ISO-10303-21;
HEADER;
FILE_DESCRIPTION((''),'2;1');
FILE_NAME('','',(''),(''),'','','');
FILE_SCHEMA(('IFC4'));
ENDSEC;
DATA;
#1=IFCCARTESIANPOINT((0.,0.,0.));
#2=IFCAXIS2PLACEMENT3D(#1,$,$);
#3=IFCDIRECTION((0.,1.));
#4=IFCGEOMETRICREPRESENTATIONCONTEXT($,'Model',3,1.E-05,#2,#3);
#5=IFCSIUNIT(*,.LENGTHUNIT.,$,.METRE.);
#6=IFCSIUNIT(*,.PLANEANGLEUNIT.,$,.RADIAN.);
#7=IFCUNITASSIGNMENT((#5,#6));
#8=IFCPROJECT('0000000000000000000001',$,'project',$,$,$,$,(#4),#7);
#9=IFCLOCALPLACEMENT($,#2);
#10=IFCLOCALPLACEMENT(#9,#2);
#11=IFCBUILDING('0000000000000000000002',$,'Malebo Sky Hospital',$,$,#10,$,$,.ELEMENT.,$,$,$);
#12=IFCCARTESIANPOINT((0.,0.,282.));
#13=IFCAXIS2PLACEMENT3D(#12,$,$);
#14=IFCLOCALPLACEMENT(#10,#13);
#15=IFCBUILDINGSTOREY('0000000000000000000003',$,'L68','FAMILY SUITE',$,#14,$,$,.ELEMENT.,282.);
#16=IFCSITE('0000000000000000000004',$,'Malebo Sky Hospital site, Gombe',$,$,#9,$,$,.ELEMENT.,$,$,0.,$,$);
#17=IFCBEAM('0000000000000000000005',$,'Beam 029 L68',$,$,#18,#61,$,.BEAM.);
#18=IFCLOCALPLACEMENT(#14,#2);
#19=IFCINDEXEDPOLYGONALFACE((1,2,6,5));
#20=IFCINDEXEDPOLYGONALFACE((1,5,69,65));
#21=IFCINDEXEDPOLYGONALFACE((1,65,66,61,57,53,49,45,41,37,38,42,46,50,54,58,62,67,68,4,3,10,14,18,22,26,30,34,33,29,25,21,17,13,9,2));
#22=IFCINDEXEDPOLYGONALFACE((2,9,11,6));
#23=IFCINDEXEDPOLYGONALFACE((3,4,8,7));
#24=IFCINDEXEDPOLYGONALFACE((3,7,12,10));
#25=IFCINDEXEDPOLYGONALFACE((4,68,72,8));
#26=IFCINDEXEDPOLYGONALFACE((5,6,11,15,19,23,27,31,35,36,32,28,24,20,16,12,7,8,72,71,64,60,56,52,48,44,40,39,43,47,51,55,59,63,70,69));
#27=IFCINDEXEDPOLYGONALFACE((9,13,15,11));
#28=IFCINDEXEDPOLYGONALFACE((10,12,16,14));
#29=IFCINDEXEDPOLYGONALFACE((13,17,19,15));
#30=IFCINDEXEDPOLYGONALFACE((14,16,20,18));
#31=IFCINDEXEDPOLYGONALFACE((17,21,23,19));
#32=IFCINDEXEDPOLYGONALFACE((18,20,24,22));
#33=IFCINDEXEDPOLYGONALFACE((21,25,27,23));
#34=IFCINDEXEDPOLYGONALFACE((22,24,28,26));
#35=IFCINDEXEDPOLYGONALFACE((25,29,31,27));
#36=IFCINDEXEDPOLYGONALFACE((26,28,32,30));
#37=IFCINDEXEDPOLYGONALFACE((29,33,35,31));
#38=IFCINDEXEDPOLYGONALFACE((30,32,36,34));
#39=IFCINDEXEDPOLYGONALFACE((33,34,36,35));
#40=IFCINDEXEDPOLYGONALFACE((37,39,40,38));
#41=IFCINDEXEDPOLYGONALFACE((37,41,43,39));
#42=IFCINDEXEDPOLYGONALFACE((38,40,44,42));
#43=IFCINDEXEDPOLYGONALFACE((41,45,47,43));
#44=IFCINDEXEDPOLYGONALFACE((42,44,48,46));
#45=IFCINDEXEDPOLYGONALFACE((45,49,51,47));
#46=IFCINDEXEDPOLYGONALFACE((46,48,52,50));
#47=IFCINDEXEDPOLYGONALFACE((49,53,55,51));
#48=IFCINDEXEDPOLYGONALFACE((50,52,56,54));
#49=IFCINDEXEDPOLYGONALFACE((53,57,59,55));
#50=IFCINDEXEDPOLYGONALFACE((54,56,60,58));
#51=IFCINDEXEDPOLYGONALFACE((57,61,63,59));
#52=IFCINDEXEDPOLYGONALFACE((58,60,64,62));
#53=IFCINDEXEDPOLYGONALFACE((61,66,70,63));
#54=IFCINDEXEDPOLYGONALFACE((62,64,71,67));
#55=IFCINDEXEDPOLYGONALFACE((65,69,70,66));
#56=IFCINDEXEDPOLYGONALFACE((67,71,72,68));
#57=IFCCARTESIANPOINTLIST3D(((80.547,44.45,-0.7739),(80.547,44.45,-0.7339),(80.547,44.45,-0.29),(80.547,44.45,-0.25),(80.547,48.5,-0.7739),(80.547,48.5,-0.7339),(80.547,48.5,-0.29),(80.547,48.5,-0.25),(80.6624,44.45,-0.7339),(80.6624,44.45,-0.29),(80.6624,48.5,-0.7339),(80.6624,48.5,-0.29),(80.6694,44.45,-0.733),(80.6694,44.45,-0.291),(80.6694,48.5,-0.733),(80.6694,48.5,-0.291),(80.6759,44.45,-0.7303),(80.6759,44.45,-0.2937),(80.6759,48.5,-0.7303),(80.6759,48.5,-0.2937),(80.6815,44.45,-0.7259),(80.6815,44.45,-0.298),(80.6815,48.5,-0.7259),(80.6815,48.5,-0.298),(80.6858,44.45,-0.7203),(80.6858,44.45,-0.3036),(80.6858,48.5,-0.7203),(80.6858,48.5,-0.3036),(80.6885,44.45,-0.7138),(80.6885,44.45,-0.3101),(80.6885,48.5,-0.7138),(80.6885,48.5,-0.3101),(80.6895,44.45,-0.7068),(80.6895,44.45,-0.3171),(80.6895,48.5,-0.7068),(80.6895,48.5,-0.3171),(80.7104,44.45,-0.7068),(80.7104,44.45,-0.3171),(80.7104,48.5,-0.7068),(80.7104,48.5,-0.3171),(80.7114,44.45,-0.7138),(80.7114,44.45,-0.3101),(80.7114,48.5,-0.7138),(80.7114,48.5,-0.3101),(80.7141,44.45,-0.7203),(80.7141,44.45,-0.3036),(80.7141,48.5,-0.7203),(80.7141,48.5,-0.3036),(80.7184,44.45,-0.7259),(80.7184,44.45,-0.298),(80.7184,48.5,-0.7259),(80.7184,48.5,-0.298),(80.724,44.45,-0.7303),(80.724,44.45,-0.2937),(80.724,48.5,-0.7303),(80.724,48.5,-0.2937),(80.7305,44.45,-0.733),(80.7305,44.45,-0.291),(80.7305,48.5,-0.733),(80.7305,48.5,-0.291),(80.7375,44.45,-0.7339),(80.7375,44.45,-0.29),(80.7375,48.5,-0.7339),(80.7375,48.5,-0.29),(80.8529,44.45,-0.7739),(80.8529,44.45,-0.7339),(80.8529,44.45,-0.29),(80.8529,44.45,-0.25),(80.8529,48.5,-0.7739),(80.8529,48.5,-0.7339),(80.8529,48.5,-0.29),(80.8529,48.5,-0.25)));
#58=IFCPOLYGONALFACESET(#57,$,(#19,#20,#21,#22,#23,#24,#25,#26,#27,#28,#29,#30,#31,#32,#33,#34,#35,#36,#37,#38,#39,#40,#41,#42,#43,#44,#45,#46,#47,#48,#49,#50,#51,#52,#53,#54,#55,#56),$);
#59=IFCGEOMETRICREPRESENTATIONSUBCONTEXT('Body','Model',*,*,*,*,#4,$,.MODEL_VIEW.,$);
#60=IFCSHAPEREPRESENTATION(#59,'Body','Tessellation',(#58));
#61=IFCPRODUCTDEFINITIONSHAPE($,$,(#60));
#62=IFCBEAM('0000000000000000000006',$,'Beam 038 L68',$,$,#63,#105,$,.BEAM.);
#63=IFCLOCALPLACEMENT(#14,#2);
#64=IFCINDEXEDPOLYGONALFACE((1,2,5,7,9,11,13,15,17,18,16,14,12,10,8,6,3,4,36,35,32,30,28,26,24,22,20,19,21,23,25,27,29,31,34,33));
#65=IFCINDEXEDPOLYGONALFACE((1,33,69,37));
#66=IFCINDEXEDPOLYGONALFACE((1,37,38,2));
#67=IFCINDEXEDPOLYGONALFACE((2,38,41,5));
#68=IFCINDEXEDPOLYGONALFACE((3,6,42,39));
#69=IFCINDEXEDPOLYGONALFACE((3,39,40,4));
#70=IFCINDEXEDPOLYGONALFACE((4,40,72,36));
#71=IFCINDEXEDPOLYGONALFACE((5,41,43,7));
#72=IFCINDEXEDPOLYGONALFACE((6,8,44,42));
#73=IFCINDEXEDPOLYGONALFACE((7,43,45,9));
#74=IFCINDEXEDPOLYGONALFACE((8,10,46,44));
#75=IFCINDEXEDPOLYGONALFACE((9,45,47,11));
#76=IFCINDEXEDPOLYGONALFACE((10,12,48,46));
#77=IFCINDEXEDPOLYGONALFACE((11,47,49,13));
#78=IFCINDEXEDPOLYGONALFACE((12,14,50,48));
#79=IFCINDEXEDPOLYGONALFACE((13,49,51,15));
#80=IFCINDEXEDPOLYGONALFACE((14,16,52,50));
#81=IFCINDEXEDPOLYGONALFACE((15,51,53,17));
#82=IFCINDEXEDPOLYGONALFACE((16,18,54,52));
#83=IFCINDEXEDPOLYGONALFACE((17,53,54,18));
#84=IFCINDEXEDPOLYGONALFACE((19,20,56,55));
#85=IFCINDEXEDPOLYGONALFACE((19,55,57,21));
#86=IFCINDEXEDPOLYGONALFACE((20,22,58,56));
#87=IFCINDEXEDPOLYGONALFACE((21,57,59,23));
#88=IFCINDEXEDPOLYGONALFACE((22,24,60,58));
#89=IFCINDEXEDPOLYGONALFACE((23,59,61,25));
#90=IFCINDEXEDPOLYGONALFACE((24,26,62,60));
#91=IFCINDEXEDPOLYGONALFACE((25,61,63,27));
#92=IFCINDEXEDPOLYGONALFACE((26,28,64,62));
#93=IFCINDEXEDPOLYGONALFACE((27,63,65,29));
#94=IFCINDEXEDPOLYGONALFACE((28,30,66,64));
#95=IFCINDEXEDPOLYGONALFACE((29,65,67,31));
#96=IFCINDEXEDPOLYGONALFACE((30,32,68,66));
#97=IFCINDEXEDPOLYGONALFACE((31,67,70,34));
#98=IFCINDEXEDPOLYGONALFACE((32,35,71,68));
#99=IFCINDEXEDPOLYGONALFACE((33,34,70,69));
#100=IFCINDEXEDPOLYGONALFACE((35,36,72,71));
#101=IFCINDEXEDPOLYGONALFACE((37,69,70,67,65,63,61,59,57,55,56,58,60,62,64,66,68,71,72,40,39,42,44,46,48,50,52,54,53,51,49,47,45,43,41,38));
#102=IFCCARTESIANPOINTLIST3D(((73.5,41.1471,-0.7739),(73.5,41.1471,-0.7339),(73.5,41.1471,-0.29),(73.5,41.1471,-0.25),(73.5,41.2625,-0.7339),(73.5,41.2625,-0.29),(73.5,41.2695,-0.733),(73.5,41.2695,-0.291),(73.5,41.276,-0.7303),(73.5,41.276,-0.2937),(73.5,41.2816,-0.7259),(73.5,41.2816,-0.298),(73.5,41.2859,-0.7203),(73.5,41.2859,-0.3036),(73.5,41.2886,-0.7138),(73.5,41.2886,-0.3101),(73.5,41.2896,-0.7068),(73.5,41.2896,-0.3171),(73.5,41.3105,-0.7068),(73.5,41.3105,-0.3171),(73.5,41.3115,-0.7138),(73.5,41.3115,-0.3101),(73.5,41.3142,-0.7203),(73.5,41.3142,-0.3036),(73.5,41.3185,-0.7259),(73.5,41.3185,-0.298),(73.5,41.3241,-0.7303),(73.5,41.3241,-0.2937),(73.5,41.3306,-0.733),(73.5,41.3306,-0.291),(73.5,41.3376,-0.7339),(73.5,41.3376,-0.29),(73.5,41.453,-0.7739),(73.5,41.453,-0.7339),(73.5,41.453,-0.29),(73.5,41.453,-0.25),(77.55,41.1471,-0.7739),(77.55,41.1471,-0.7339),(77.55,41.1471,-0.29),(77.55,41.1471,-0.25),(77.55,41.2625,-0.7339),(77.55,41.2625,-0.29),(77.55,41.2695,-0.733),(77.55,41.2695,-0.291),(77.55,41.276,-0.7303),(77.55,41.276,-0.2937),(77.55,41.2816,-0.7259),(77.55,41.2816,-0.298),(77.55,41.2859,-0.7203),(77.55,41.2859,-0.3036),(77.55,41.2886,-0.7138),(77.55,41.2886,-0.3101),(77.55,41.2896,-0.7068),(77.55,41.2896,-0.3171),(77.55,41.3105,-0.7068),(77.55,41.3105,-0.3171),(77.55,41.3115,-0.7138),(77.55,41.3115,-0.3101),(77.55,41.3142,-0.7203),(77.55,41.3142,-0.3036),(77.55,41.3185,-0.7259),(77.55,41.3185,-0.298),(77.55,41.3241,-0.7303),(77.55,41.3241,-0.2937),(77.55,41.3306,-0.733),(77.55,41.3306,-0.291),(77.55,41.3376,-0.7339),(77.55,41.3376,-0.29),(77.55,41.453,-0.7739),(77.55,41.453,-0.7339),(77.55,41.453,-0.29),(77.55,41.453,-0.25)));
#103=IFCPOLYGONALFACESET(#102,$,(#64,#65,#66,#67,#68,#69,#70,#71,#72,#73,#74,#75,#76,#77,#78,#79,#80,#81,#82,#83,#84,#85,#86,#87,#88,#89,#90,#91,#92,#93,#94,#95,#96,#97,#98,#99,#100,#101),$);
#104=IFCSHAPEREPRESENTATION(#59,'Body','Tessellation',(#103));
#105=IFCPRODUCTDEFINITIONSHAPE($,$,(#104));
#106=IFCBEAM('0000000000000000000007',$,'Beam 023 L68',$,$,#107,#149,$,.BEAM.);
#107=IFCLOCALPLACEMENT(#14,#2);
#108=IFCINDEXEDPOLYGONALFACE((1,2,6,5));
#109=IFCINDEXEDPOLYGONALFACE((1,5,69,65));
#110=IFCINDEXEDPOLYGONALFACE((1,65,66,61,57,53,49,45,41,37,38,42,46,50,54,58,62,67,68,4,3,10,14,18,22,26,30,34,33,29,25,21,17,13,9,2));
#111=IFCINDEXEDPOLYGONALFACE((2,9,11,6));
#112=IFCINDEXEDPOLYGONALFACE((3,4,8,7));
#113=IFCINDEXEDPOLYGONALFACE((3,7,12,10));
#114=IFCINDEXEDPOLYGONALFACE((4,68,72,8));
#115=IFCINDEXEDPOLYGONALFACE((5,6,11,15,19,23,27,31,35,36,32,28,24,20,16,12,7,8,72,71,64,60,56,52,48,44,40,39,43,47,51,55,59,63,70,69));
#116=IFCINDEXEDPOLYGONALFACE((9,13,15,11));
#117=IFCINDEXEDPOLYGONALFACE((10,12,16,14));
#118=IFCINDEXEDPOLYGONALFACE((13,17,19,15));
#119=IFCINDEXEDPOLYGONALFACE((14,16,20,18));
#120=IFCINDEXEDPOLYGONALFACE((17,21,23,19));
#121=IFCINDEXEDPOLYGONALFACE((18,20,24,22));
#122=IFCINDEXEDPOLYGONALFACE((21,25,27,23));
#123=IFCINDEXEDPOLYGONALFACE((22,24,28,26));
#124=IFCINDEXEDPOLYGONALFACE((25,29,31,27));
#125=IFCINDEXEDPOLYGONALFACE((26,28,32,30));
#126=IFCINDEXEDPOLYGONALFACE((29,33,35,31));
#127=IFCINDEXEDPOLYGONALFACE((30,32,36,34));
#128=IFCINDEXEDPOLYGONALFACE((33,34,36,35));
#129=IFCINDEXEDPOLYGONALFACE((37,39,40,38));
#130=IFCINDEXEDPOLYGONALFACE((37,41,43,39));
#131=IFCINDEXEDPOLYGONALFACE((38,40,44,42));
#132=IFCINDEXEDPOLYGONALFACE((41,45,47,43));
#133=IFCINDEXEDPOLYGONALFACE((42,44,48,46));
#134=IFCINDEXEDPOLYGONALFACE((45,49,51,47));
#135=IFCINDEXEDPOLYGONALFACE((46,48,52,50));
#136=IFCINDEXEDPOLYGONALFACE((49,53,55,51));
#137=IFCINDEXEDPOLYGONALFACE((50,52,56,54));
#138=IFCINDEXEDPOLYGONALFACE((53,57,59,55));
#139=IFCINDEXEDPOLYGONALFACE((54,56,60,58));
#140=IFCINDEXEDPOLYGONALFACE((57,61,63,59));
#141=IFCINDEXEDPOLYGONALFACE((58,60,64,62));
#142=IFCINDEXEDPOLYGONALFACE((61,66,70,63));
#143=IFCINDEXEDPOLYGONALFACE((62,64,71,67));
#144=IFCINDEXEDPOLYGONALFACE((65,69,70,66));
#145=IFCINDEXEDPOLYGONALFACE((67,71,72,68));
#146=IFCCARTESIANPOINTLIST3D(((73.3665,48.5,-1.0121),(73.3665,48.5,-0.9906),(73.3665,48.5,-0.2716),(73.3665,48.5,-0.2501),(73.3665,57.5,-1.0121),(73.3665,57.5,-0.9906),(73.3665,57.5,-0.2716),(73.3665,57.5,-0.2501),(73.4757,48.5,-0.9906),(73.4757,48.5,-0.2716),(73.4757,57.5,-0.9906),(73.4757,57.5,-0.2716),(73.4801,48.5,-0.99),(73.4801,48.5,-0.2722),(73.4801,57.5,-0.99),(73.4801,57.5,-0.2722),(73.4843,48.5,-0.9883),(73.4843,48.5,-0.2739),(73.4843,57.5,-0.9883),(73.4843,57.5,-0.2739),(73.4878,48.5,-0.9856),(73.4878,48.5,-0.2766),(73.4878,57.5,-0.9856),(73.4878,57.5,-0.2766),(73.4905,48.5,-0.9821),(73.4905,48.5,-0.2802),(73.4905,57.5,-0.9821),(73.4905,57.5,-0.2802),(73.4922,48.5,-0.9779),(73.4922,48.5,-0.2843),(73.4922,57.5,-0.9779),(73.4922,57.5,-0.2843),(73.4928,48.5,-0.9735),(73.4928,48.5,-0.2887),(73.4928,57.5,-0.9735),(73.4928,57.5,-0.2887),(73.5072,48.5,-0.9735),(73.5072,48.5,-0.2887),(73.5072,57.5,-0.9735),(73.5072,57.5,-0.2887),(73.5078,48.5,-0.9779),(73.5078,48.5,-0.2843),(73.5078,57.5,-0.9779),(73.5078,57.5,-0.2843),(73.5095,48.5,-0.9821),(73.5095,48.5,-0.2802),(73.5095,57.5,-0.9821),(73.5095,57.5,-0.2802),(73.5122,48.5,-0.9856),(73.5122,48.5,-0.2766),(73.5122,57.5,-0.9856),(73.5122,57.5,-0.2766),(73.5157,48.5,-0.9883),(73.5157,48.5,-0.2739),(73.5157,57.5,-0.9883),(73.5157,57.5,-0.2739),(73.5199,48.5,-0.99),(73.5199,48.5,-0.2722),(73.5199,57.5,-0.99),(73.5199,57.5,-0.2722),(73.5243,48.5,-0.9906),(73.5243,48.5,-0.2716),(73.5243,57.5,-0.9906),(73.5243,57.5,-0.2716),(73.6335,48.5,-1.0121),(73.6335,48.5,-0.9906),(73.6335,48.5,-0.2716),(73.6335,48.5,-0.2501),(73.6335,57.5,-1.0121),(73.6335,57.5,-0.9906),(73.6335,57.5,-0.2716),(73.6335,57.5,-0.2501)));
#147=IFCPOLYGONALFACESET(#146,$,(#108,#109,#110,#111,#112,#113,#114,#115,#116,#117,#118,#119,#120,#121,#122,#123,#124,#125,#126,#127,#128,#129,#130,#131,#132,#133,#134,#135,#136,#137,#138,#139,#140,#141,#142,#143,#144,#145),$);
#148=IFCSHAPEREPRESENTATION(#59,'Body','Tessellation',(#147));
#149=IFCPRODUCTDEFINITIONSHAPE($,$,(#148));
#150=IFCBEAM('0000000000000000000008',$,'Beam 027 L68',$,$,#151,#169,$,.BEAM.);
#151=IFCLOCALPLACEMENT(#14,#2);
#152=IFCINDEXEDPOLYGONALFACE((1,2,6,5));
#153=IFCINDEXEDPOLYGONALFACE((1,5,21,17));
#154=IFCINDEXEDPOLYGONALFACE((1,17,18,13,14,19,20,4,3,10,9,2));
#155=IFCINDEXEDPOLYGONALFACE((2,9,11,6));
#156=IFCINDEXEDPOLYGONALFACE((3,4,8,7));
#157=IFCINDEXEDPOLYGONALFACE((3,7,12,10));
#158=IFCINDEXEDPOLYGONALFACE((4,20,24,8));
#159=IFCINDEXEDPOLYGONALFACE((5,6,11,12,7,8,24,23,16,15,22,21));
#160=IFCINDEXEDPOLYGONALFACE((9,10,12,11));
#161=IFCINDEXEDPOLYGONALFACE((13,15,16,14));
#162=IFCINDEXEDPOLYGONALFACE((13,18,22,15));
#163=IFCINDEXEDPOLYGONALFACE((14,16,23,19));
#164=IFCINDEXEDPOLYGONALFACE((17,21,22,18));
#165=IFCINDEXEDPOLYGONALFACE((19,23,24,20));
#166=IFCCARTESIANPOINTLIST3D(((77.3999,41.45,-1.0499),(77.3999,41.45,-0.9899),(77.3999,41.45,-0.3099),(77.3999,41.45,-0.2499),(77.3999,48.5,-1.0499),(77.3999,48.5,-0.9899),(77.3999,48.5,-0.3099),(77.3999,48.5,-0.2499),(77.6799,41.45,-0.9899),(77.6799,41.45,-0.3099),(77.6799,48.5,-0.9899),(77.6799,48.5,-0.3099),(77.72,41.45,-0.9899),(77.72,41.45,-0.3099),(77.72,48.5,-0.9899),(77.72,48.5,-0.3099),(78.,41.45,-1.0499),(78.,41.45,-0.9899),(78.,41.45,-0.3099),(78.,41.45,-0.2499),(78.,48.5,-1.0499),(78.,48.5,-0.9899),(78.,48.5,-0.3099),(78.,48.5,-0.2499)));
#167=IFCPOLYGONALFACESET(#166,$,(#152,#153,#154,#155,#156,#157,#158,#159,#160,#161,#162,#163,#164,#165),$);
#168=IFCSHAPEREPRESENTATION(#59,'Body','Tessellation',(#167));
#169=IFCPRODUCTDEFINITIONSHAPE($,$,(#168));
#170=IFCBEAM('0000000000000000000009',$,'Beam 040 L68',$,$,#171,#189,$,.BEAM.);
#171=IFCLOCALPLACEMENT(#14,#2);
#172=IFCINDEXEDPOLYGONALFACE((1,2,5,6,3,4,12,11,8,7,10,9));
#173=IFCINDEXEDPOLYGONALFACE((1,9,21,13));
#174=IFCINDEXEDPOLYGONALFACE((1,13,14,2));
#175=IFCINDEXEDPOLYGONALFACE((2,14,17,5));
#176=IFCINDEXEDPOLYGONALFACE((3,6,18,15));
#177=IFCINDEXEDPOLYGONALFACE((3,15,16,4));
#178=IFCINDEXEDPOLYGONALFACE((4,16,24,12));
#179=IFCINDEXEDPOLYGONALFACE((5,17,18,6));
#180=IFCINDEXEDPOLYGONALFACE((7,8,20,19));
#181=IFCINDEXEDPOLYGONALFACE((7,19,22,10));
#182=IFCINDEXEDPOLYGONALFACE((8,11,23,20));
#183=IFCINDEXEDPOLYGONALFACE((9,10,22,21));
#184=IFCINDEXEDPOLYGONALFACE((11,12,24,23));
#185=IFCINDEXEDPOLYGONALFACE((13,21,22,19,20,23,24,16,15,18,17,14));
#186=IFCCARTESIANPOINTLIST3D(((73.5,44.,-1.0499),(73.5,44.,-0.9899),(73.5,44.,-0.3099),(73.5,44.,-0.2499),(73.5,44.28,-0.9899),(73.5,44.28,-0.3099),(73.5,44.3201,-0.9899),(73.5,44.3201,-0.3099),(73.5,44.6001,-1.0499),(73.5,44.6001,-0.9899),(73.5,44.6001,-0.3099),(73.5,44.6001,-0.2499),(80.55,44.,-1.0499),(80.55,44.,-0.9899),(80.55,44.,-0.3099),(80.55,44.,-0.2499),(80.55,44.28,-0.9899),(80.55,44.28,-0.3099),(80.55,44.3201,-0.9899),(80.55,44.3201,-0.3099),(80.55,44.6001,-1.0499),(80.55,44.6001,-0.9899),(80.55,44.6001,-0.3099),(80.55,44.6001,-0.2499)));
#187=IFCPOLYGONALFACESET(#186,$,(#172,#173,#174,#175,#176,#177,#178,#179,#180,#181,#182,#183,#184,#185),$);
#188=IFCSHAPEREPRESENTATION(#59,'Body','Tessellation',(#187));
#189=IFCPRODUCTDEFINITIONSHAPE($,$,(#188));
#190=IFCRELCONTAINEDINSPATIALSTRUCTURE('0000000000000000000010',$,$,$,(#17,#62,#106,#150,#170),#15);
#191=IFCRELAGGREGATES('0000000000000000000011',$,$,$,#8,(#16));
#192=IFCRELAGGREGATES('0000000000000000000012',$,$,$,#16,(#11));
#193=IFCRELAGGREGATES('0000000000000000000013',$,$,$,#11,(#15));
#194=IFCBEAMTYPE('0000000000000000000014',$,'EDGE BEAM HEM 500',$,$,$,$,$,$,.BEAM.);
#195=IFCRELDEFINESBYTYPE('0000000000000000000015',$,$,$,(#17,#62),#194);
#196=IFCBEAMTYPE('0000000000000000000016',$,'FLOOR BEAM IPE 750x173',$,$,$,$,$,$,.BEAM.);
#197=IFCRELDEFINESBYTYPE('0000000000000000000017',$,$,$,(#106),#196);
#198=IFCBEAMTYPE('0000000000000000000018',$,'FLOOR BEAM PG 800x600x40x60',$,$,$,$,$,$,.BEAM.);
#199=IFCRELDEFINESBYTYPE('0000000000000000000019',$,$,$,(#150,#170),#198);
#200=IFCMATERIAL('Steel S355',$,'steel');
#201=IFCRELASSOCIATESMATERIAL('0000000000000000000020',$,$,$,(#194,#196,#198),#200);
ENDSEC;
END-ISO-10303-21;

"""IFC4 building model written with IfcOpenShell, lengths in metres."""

from ifc_helpers import new_model, si_unit, direction, frame, origin, origin_2d, place, context, subcontext, project, spatial, i_section, extrude, material, material_profile, profile_set, type_object, element, save


model = new_model("IFC4")

# Units and contexts
model_context = context("Model", 3, precision=1e-05, world=origin(), true_north=direction((0.0, 1.0)))
body_context = subcontext(model_context, "Body", "Model", "MODEL_VIEW")
ifc_project = project(units=[si_unit("LENGTHUNIT", "METRE"), si_unit("PLANEANGLEUNIT", "RADIAN")], contexts=[model_context])

# Site, building, storey
site_placement = place(None, origin())
site = spatial("IfcSite", under=ifc_project, at=site_placement, Name="Malebo Sky Hospital site, Gombe", CompositionType="ELEMENT", RefElevation=0.0)
building_placement = place(site_placement, origin())
building = spatial("IfcBuilding", under=site, at=building_placement, Name="Malebo Sky Hospital", CompositionType="ELEMENT")
storey_placement = place(building_placement, frame((0.0, 0.0, 282.0)))
storey = spatial("IfcBuildingStorey", under=building, at=storey_placement, Name="L68", Description="FAMILY SUITE", CompositionType="ELEMENT", Elevation=282.0)

# Beams
ifc_material_1 = material(Name="Steel S355", Category="steel")
ifc_material_profile_1 = material_profile(ifc_material_1, i_section(OverallWidth=0.3059, OverallDepth=0.5239, WebThickness=0.021, FlangeThickness=0.04, FilletRadius=0.0271, at=origin_2d()), Name="HEM 500")
ifc_profile_set_1 = profile_set([ifc_material_profile_1], Name="Steel S355")
beam_type_1 = type_object("IfcBeamType", Name="EDGE BEAM HEM 500", PredefinedType="BEAM", material=ifc_profile_set_1)
for number, where, z_axis, x_axis, name in (
    (1, (80.7, 44.45, -0.512), (0.0, 1.0, 0.0), (-1.0, 0.0, 0.0), "Beam 029 L68"),
    (2, (73.5, 41.3, -0.512), (1.0, 0.0, 0.0), (0.0, 1.0, 0.0), "Beam 038 L68"),
):
    element("IfcBeam", number, at=place(storey_placement, frame(where, z_axis=z_axis, x_axis=x_axis)), inside=storey, type_object=beam_type_1, Name=name, PredefinedType="BEAM", context=body_context, shape_type="SweptSolid", body=[
        extrude(i_section(OverallWidth=0.3059, OverallDepth=0.5239, WebThickness=0.021, FlangeThickness=0.04, FilletRadius=0.0271, at=origin_2d()), origin(), (0.0, 0.0, 1.0), 4.05),
    ])
ifc_material_profile_2 = material_profile(ifc_material_1, i_section(OverallWidth=0.2671, OverallDepth=0.762, WebThickness=0.0144, FlangeThickness=0.0215, FilletRadius=0.0171, at=origin_2d()), Name="IPE 750x173")
ifc_profile_set_2 = profile_set([ifc_material_profile_2], Name="Steel S355")
beam_type_2 = type_object("IfcBeamType", Name="FLOOR BEAM IPE 750x173", PredefinedType="BEAM", material=ifc_profile_set_2)
beam_1_placement = place(storey_placement, frame((73.5, 48.5, -0.6311), z_axis=(0.0, 1.0, 0.0), x_axis=(-1.0, 0.0, 0.0)))
element("IfcBeam", 3, at=beam_1_placement, inside=storey, type_object=beam_type_2, Name="Beam 023 L68", PredefinedType="BEAM", context=body_context, shape_type="SweptSolid", body=[
    extrude(i_section(OverallWidth=0.2671, OverallDepth=0.762, WebThickness=0.0144, FlangeThickness=0.0215, FilletRadius=0.0171, at=origin_2d()), origin(), (0.0, 0.0, 1.0), 9.0),
])
ifc_material_profile_3 = material_profile(ifc_material_1, i_section(OverallWidth=0.6001, OverallDepth=0.8, WebThickness=0.04, FlangeThickness=0.0601, at=origin_2d()), Name="PG 800x600x40x60")
ifc_profile_set_3 = profile_set([ifc_material_profile_3], Name="Steel S355")
beam_type_3 = type_object("IfcBeamType", Name="FLOOR BEAM PG 800x600x40x60", PredefinedType="BEAM", material=ifc_profile_set_3)
for number, where, z_axis, x_axis, name in (
    (4, (77.7, 41.45, -0.6499), (0.0, 1.0, 0.0), (-1.0, 0.0, 0.0), "Beam 027 L68"),
    (5, (73.5, 44.3, -0.6499), (1.0, 0.0, 0.0), (0.0, 1.0, 0.0), "Beam 040 L68"),
):
    element("IfcBeam", number, at=place(storey_placement, frame(where, z_axis=z_axis, x_axis=x_axis)), inside=storey, type_object=beam_type_3, Name=name, PredefinedType="BEAM", context=body_context, shape_type="SweptSolid", body=[
        extrude(i_section(OverallWidth=0.6001, OverallDepth=0.8, WebThickness=0.04, FlangeThickness=0.0601, at=origin_2d()), origin(), (0.0, 0.0, 1.0), 7.05),
    ])

save(model, "model.ifc")
